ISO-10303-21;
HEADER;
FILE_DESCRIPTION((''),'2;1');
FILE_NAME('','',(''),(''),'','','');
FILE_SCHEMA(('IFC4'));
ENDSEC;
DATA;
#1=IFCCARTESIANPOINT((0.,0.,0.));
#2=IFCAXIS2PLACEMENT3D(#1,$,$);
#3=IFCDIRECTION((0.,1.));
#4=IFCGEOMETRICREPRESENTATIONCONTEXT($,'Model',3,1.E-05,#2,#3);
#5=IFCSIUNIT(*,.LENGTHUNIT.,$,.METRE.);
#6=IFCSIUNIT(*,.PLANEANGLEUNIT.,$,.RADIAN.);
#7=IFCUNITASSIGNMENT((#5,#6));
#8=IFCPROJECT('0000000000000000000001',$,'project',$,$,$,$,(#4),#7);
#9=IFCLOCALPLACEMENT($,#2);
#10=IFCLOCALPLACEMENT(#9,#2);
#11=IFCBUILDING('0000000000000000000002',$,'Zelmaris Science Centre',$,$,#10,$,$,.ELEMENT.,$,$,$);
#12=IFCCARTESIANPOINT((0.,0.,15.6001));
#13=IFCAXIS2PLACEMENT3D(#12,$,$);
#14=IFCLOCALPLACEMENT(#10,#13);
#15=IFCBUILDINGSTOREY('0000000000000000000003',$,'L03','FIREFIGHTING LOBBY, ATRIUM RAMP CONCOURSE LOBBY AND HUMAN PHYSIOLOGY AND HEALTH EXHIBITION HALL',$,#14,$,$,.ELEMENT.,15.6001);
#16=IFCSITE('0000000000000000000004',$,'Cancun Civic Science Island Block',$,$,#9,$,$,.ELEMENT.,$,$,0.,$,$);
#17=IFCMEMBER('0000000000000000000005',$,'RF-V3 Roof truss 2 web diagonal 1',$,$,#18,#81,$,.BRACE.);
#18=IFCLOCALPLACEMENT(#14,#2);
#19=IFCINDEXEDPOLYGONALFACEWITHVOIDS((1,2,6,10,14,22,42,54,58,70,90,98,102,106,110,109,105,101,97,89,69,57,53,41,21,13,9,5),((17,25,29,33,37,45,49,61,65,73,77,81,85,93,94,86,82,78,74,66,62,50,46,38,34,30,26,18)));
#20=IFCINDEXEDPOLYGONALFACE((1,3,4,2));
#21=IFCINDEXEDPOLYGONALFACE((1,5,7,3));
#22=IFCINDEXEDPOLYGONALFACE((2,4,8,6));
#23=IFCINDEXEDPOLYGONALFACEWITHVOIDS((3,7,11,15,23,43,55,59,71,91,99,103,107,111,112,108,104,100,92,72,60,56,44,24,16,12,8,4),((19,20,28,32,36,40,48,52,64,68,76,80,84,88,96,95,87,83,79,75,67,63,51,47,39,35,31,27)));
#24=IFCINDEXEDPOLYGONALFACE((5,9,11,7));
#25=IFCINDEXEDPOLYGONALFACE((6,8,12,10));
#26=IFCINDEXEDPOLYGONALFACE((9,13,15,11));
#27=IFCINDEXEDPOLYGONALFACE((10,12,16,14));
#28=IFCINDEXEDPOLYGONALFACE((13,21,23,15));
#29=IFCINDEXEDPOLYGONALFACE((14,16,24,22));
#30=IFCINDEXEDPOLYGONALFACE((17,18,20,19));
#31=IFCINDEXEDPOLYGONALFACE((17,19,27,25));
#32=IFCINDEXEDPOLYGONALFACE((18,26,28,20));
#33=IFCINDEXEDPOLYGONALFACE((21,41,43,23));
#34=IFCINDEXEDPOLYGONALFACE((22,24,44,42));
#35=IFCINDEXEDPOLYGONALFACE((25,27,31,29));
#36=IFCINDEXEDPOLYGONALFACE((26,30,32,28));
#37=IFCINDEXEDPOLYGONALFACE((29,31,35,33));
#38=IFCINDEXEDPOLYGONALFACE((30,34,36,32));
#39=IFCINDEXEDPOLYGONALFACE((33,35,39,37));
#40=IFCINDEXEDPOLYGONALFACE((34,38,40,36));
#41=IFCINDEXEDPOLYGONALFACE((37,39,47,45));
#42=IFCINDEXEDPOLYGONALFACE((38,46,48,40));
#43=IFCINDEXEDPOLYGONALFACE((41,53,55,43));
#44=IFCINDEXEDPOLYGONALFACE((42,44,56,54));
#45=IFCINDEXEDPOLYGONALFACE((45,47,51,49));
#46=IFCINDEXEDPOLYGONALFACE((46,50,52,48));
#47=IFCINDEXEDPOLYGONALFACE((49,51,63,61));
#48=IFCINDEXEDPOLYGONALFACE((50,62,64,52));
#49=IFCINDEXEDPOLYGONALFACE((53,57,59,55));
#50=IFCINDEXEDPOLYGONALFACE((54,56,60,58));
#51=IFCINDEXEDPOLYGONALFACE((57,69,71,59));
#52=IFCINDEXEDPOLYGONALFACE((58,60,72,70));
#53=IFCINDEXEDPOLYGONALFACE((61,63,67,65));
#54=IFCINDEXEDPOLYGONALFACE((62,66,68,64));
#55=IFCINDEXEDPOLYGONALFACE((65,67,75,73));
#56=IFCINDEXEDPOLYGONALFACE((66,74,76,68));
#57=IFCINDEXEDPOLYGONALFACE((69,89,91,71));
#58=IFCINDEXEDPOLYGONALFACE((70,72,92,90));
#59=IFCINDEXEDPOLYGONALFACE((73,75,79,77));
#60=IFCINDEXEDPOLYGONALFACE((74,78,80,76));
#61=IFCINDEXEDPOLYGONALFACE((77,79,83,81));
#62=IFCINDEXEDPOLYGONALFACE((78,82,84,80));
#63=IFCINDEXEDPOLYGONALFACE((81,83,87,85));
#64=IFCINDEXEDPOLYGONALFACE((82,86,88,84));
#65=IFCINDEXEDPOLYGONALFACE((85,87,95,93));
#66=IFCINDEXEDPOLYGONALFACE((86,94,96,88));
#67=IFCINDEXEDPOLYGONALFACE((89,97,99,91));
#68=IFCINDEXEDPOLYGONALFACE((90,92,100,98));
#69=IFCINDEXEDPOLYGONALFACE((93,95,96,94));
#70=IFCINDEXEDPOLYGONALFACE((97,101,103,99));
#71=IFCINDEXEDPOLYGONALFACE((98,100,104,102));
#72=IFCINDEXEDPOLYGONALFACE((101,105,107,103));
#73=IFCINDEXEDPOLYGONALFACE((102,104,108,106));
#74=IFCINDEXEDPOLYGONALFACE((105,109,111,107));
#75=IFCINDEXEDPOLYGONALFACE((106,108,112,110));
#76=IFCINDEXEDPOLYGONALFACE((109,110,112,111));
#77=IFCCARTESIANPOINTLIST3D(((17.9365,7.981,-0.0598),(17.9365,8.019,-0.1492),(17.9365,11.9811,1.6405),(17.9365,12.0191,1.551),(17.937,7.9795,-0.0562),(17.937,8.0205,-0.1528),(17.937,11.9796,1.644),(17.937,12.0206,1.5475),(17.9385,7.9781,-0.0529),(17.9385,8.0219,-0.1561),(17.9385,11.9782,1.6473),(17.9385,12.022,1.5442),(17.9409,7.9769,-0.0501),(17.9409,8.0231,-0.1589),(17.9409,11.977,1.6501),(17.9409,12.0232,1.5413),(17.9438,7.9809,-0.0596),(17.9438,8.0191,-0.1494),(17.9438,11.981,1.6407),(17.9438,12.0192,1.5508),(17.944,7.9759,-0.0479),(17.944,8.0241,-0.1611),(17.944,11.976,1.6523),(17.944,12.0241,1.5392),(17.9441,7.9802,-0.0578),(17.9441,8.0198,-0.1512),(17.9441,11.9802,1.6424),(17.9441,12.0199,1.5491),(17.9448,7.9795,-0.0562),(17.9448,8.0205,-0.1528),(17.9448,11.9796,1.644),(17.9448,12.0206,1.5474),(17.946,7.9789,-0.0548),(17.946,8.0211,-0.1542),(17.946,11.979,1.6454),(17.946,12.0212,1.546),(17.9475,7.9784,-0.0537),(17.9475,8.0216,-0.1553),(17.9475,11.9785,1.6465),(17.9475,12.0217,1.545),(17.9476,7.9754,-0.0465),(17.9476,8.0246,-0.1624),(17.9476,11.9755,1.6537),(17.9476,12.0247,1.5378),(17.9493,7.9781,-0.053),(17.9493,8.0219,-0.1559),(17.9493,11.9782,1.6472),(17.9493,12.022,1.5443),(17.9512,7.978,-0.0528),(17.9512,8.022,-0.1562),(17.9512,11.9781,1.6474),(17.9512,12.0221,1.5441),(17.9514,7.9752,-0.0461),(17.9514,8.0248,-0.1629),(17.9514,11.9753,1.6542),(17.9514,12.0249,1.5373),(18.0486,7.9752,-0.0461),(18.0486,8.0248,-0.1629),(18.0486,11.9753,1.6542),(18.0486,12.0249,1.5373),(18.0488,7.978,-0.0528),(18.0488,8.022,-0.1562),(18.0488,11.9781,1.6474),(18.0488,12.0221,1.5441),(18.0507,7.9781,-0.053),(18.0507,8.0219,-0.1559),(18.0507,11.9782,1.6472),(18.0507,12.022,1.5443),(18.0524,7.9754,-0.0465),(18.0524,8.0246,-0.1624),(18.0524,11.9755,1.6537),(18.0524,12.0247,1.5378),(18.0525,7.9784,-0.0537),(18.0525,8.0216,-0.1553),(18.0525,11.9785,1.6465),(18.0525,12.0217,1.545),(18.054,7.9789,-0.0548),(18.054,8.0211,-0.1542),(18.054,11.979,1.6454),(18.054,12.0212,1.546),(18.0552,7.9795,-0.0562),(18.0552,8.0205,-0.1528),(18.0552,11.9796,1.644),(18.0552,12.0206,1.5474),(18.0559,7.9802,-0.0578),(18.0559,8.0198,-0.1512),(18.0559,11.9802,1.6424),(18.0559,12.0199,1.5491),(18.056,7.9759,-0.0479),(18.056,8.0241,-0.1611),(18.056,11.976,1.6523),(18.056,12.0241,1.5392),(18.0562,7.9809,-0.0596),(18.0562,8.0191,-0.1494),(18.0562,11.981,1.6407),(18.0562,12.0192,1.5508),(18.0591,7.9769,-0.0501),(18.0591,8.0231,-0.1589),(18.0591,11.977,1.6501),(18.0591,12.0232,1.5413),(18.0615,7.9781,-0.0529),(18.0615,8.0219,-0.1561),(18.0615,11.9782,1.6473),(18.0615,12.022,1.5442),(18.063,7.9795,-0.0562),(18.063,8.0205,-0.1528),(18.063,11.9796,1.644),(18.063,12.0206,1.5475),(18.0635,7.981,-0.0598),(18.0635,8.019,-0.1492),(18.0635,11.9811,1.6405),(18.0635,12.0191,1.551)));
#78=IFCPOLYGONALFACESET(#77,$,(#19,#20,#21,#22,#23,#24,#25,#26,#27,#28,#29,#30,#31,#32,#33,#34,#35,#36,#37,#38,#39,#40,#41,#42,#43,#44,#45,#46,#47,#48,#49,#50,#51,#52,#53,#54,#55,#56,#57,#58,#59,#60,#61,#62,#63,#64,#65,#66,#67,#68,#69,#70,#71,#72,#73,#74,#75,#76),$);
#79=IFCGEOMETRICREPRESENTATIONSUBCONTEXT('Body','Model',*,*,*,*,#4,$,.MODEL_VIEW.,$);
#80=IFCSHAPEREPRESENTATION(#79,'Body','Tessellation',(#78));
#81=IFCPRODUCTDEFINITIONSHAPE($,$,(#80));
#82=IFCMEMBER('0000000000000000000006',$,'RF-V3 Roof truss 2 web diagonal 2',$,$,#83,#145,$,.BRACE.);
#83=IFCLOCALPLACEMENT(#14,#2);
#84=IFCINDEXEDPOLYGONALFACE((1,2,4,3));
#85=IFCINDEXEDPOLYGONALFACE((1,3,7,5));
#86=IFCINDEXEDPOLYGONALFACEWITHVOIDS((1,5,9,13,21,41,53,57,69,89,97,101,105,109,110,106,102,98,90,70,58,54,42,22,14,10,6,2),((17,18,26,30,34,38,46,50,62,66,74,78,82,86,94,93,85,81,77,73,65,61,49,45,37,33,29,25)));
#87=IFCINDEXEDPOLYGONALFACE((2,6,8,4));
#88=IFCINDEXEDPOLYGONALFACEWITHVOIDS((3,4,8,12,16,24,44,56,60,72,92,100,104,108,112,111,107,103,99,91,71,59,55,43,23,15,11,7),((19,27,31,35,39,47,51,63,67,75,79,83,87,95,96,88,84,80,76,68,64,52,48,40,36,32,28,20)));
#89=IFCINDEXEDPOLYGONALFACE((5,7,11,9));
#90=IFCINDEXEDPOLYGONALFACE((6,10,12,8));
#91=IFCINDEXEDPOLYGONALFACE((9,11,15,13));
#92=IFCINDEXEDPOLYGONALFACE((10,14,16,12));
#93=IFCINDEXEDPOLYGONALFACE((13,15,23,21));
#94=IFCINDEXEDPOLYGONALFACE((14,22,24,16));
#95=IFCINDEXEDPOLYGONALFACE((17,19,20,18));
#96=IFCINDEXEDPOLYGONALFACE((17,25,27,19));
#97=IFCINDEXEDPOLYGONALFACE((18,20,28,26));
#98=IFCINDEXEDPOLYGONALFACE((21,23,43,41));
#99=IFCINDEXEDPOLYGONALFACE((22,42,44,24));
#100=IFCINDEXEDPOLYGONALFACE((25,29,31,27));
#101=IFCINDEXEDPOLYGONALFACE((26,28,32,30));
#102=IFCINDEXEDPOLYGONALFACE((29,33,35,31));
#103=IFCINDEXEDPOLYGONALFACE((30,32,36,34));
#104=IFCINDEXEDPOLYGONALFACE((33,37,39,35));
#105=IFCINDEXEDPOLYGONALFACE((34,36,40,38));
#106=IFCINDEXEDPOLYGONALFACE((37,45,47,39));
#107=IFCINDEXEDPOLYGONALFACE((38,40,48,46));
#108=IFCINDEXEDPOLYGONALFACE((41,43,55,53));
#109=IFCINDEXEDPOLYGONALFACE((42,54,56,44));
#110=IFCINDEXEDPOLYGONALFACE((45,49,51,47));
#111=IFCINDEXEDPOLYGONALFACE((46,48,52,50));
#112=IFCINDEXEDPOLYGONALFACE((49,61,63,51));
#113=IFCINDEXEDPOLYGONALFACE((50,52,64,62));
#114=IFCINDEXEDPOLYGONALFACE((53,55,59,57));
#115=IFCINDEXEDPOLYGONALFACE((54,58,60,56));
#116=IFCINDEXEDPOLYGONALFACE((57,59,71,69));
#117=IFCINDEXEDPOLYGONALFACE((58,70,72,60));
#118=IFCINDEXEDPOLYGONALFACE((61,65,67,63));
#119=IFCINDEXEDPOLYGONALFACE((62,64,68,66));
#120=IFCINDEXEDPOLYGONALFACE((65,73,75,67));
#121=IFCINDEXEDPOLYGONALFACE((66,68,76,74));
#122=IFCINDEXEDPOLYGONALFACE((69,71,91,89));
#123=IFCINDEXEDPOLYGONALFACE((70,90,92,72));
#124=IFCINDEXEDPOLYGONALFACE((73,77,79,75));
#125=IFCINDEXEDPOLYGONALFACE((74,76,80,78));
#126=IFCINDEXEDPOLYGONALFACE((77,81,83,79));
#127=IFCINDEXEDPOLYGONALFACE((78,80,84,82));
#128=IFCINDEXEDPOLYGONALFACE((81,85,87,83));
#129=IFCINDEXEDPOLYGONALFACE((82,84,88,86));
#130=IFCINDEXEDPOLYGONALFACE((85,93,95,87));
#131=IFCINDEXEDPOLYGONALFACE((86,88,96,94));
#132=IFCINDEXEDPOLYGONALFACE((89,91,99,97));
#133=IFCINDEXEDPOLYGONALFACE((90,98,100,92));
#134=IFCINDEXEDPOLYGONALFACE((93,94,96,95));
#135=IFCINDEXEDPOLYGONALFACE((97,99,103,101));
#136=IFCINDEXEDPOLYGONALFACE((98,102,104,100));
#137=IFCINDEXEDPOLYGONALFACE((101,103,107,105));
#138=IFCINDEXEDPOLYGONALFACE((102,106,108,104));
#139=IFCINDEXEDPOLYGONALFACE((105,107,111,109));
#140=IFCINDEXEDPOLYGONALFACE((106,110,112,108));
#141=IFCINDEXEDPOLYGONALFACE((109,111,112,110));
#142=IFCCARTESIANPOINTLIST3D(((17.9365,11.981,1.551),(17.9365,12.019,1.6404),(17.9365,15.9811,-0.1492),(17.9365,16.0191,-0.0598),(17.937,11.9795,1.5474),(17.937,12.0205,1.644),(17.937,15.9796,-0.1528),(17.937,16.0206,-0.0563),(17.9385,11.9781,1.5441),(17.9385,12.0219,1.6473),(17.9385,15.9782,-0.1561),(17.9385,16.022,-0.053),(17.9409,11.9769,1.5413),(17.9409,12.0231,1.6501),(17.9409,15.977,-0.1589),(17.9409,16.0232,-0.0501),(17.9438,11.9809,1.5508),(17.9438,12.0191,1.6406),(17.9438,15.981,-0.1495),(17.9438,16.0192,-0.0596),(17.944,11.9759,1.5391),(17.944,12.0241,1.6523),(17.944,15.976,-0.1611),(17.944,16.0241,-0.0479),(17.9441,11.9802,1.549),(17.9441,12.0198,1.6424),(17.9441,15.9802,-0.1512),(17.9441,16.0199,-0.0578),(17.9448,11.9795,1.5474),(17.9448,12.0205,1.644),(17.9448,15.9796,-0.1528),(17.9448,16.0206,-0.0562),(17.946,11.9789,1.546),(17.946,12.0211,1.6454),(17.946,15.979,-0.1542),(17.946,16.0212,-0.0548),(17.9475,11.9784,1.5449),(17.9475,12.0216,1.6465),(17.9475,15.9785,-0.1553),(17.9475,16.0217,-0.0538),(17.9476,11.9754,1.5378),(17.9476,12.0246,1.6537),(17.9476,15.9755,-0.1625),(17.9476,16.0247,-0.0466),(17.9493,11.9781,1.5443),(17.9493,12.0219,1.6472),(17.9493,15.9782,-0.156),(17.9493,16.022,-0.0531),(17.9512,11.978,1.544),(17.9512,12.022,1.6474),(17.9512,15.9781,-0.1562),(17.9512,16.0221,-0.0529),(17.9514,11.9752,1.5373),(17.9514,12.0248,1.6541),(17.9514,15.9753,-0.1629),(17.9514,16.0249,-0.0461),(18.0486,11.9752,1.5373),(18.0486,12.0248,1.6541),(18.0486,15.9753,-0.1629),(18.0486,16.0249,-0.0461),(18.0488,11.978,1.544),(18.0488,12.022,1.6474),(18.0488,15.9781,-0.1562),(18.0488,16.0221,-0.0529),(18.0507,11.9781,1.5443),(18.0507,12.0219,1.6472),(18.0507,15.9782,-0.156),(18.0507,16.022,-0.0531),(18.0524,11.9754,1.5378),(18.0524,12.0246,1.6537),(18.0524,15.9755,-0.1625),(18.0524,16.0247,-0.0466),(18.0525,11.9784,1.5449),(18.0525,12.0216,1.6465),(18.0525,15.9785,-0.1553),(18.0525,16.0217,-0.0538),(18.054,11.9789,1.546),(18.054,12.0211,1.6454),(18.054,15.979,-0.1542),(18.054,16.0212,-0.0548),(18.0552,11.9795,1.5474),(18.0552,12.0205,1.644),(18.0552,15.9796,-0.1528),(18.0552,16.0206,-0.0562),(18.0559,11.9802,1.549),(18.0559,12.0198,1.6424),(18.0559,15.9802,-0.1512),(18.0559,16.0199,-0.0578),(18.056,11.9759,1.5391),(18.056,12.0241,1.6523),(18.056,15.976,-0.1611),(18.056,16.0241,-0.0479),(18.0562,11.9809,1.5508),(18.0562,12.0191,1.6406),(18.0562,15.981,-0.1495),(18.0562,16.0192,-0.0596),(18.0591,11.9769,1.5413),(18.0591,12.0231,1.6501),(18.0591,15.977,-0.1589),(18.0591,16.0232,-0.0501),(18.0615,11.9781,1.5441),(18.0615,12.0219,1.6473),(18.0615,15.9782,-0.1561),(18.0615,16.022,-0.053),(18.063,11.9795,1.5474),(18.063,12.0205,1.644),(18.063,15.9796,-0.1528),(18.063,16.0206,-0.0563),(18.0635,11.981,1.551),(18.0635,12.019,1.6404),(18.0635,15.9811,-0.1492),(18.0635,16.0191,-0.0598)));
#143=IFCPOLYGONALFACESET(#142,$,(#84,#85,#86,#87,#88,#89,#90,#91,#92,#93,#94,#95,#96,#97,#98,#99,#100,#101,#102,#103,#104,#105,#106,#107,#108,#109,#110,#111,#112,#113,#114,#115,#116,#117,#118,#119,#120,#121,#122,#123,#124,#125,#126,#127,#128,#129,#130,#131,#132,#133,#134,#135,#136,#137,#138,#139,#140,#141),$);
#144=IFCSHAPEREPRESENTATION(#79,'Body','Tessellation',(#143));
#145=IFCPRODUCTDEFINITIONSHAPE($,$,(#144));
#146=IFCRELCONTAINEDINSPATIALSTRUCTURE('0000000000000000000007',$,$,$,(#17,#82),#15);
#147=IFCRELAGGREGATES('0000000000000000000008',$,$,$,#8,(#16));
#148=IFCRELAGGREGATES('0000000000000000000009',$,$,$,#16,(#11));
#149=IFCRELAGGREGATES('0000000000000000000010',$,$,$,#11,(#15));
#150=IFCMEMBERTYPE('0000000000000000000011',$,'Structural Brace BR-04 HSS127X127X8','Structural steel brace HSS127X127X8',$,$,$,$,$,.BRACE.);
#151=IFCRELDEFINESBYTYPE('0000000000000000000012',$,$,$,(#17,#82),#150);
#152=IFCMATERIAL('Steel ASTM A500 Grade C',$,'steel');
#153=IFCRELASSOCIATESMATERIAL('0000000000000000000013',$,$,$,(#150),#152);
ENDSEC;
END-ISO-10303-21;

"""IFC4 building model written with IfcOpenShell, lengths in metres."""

from ifc_helpers import new_model, si_unit, direction, frame, origin, origin_2d, place, context, subcontext, project, spatial, hollow_rectangle, extrude, material, material_profile, profile_set, type_object, element, save


model = new_model("IFC4")

# Units and contexts
model_context = context("Model", 3, precision=1e-05, world=origin(), true_north=direction((0.0, 1.0)))
body_context = subcontext(model_context, "Body", "Model", "MODEL_VIEW")
ifc_project = project(units=[si_unit("LENGTHUNIT", "METRE"), si_unit("PLANEANGLEUNIT", "RADIAN")], contexts=[model_context])

# Site, building, storey
site_placement = place(None, origin())
site = spatial("IfcSite", under=ifc_project, at=site_placement, Name="Cancun Civic Science Island Block", CompositionType="ELEMENT", RefElevation=0.0)
building_placement = place(site_placement, origin())
building = spatial("IfcBuilding", under=site, at=building_placement, Name="Zelmaris Science Centre", CompositionType="ELEMENT")
storey_placement = place(building_placement, frame((0.0, 0.0, 15.6001)))
storey = spatial("IfcBuildingStorey", under=building, at=storey_placement, Name="L03", Description="FIREFIGHTING LOBBY, ATRIUM RAMP CONCOURSE LOBBY AND HUMAN PHYSIOLOGY AND HEALTH EXHIBITION HALL", CompositionType="ELEMENT", Elevation=15.6001)

# Shared definitions
ifc_material = material(Name="Steel ASTM A500 Grade C", Category="steel")

# Members
ifc_material_profile_1 = material_profile(ifc_material, hollow_rectangle(XDim=0.127, YDim=0.127, WallThickness=0.0073, InnerFilletRadius=0.0073, OuterFilletRadius=0.0149, at=origin_2d()), Name="HSS127X127X8")
ifc_profile_set_1 = profile_set([ifc_material_profile_1], Name="Steel ASTM A500 Grade C")
member_type_1 = type_object("IfcMemberType", Name="Structural Brace BR-04 HSS127X127X8", Description="Structural steel brace HSS127X127X8", PredefinedType="BRACE", material=ifc_profile_set_1)
for number, where, z_axis, x_axis, name in (
    (1, (18.0, 8.0, -0.1045), (0.0, 0.920315, 0.391179), (-1.0, 0.0, 0.0), "RF-V3 Roof truss 2 web diagonal 1"),
    (2, (18.0, 12.0, 1.5957), (0.0, 0.920315, -0.391179), (-1.0, 0.0, 0.0), "RF-V3 Roof truss 2 web diagonal 2"),
):
    element("IfcMember", number, at=place(storey_placement, frame(where, z_axis=z_axis, x_axis=x_axis)), inside=storey, type_object=member_type_1, Name=name, PredefinedType="BRACE", context=body_context, shape_type="SweptSolid", body=[
        extrude(hollow_rectangle(XDim=0.127, YDim=0.127, WallThickness=0.0073, InnerFilletRadius=0.0073, OuterFilletRadius=0.0149, at=origin_2d()), origin(), (0.0, 0.0, 1.0), 4.3464),
    ])

save(model, "model.ifc")
